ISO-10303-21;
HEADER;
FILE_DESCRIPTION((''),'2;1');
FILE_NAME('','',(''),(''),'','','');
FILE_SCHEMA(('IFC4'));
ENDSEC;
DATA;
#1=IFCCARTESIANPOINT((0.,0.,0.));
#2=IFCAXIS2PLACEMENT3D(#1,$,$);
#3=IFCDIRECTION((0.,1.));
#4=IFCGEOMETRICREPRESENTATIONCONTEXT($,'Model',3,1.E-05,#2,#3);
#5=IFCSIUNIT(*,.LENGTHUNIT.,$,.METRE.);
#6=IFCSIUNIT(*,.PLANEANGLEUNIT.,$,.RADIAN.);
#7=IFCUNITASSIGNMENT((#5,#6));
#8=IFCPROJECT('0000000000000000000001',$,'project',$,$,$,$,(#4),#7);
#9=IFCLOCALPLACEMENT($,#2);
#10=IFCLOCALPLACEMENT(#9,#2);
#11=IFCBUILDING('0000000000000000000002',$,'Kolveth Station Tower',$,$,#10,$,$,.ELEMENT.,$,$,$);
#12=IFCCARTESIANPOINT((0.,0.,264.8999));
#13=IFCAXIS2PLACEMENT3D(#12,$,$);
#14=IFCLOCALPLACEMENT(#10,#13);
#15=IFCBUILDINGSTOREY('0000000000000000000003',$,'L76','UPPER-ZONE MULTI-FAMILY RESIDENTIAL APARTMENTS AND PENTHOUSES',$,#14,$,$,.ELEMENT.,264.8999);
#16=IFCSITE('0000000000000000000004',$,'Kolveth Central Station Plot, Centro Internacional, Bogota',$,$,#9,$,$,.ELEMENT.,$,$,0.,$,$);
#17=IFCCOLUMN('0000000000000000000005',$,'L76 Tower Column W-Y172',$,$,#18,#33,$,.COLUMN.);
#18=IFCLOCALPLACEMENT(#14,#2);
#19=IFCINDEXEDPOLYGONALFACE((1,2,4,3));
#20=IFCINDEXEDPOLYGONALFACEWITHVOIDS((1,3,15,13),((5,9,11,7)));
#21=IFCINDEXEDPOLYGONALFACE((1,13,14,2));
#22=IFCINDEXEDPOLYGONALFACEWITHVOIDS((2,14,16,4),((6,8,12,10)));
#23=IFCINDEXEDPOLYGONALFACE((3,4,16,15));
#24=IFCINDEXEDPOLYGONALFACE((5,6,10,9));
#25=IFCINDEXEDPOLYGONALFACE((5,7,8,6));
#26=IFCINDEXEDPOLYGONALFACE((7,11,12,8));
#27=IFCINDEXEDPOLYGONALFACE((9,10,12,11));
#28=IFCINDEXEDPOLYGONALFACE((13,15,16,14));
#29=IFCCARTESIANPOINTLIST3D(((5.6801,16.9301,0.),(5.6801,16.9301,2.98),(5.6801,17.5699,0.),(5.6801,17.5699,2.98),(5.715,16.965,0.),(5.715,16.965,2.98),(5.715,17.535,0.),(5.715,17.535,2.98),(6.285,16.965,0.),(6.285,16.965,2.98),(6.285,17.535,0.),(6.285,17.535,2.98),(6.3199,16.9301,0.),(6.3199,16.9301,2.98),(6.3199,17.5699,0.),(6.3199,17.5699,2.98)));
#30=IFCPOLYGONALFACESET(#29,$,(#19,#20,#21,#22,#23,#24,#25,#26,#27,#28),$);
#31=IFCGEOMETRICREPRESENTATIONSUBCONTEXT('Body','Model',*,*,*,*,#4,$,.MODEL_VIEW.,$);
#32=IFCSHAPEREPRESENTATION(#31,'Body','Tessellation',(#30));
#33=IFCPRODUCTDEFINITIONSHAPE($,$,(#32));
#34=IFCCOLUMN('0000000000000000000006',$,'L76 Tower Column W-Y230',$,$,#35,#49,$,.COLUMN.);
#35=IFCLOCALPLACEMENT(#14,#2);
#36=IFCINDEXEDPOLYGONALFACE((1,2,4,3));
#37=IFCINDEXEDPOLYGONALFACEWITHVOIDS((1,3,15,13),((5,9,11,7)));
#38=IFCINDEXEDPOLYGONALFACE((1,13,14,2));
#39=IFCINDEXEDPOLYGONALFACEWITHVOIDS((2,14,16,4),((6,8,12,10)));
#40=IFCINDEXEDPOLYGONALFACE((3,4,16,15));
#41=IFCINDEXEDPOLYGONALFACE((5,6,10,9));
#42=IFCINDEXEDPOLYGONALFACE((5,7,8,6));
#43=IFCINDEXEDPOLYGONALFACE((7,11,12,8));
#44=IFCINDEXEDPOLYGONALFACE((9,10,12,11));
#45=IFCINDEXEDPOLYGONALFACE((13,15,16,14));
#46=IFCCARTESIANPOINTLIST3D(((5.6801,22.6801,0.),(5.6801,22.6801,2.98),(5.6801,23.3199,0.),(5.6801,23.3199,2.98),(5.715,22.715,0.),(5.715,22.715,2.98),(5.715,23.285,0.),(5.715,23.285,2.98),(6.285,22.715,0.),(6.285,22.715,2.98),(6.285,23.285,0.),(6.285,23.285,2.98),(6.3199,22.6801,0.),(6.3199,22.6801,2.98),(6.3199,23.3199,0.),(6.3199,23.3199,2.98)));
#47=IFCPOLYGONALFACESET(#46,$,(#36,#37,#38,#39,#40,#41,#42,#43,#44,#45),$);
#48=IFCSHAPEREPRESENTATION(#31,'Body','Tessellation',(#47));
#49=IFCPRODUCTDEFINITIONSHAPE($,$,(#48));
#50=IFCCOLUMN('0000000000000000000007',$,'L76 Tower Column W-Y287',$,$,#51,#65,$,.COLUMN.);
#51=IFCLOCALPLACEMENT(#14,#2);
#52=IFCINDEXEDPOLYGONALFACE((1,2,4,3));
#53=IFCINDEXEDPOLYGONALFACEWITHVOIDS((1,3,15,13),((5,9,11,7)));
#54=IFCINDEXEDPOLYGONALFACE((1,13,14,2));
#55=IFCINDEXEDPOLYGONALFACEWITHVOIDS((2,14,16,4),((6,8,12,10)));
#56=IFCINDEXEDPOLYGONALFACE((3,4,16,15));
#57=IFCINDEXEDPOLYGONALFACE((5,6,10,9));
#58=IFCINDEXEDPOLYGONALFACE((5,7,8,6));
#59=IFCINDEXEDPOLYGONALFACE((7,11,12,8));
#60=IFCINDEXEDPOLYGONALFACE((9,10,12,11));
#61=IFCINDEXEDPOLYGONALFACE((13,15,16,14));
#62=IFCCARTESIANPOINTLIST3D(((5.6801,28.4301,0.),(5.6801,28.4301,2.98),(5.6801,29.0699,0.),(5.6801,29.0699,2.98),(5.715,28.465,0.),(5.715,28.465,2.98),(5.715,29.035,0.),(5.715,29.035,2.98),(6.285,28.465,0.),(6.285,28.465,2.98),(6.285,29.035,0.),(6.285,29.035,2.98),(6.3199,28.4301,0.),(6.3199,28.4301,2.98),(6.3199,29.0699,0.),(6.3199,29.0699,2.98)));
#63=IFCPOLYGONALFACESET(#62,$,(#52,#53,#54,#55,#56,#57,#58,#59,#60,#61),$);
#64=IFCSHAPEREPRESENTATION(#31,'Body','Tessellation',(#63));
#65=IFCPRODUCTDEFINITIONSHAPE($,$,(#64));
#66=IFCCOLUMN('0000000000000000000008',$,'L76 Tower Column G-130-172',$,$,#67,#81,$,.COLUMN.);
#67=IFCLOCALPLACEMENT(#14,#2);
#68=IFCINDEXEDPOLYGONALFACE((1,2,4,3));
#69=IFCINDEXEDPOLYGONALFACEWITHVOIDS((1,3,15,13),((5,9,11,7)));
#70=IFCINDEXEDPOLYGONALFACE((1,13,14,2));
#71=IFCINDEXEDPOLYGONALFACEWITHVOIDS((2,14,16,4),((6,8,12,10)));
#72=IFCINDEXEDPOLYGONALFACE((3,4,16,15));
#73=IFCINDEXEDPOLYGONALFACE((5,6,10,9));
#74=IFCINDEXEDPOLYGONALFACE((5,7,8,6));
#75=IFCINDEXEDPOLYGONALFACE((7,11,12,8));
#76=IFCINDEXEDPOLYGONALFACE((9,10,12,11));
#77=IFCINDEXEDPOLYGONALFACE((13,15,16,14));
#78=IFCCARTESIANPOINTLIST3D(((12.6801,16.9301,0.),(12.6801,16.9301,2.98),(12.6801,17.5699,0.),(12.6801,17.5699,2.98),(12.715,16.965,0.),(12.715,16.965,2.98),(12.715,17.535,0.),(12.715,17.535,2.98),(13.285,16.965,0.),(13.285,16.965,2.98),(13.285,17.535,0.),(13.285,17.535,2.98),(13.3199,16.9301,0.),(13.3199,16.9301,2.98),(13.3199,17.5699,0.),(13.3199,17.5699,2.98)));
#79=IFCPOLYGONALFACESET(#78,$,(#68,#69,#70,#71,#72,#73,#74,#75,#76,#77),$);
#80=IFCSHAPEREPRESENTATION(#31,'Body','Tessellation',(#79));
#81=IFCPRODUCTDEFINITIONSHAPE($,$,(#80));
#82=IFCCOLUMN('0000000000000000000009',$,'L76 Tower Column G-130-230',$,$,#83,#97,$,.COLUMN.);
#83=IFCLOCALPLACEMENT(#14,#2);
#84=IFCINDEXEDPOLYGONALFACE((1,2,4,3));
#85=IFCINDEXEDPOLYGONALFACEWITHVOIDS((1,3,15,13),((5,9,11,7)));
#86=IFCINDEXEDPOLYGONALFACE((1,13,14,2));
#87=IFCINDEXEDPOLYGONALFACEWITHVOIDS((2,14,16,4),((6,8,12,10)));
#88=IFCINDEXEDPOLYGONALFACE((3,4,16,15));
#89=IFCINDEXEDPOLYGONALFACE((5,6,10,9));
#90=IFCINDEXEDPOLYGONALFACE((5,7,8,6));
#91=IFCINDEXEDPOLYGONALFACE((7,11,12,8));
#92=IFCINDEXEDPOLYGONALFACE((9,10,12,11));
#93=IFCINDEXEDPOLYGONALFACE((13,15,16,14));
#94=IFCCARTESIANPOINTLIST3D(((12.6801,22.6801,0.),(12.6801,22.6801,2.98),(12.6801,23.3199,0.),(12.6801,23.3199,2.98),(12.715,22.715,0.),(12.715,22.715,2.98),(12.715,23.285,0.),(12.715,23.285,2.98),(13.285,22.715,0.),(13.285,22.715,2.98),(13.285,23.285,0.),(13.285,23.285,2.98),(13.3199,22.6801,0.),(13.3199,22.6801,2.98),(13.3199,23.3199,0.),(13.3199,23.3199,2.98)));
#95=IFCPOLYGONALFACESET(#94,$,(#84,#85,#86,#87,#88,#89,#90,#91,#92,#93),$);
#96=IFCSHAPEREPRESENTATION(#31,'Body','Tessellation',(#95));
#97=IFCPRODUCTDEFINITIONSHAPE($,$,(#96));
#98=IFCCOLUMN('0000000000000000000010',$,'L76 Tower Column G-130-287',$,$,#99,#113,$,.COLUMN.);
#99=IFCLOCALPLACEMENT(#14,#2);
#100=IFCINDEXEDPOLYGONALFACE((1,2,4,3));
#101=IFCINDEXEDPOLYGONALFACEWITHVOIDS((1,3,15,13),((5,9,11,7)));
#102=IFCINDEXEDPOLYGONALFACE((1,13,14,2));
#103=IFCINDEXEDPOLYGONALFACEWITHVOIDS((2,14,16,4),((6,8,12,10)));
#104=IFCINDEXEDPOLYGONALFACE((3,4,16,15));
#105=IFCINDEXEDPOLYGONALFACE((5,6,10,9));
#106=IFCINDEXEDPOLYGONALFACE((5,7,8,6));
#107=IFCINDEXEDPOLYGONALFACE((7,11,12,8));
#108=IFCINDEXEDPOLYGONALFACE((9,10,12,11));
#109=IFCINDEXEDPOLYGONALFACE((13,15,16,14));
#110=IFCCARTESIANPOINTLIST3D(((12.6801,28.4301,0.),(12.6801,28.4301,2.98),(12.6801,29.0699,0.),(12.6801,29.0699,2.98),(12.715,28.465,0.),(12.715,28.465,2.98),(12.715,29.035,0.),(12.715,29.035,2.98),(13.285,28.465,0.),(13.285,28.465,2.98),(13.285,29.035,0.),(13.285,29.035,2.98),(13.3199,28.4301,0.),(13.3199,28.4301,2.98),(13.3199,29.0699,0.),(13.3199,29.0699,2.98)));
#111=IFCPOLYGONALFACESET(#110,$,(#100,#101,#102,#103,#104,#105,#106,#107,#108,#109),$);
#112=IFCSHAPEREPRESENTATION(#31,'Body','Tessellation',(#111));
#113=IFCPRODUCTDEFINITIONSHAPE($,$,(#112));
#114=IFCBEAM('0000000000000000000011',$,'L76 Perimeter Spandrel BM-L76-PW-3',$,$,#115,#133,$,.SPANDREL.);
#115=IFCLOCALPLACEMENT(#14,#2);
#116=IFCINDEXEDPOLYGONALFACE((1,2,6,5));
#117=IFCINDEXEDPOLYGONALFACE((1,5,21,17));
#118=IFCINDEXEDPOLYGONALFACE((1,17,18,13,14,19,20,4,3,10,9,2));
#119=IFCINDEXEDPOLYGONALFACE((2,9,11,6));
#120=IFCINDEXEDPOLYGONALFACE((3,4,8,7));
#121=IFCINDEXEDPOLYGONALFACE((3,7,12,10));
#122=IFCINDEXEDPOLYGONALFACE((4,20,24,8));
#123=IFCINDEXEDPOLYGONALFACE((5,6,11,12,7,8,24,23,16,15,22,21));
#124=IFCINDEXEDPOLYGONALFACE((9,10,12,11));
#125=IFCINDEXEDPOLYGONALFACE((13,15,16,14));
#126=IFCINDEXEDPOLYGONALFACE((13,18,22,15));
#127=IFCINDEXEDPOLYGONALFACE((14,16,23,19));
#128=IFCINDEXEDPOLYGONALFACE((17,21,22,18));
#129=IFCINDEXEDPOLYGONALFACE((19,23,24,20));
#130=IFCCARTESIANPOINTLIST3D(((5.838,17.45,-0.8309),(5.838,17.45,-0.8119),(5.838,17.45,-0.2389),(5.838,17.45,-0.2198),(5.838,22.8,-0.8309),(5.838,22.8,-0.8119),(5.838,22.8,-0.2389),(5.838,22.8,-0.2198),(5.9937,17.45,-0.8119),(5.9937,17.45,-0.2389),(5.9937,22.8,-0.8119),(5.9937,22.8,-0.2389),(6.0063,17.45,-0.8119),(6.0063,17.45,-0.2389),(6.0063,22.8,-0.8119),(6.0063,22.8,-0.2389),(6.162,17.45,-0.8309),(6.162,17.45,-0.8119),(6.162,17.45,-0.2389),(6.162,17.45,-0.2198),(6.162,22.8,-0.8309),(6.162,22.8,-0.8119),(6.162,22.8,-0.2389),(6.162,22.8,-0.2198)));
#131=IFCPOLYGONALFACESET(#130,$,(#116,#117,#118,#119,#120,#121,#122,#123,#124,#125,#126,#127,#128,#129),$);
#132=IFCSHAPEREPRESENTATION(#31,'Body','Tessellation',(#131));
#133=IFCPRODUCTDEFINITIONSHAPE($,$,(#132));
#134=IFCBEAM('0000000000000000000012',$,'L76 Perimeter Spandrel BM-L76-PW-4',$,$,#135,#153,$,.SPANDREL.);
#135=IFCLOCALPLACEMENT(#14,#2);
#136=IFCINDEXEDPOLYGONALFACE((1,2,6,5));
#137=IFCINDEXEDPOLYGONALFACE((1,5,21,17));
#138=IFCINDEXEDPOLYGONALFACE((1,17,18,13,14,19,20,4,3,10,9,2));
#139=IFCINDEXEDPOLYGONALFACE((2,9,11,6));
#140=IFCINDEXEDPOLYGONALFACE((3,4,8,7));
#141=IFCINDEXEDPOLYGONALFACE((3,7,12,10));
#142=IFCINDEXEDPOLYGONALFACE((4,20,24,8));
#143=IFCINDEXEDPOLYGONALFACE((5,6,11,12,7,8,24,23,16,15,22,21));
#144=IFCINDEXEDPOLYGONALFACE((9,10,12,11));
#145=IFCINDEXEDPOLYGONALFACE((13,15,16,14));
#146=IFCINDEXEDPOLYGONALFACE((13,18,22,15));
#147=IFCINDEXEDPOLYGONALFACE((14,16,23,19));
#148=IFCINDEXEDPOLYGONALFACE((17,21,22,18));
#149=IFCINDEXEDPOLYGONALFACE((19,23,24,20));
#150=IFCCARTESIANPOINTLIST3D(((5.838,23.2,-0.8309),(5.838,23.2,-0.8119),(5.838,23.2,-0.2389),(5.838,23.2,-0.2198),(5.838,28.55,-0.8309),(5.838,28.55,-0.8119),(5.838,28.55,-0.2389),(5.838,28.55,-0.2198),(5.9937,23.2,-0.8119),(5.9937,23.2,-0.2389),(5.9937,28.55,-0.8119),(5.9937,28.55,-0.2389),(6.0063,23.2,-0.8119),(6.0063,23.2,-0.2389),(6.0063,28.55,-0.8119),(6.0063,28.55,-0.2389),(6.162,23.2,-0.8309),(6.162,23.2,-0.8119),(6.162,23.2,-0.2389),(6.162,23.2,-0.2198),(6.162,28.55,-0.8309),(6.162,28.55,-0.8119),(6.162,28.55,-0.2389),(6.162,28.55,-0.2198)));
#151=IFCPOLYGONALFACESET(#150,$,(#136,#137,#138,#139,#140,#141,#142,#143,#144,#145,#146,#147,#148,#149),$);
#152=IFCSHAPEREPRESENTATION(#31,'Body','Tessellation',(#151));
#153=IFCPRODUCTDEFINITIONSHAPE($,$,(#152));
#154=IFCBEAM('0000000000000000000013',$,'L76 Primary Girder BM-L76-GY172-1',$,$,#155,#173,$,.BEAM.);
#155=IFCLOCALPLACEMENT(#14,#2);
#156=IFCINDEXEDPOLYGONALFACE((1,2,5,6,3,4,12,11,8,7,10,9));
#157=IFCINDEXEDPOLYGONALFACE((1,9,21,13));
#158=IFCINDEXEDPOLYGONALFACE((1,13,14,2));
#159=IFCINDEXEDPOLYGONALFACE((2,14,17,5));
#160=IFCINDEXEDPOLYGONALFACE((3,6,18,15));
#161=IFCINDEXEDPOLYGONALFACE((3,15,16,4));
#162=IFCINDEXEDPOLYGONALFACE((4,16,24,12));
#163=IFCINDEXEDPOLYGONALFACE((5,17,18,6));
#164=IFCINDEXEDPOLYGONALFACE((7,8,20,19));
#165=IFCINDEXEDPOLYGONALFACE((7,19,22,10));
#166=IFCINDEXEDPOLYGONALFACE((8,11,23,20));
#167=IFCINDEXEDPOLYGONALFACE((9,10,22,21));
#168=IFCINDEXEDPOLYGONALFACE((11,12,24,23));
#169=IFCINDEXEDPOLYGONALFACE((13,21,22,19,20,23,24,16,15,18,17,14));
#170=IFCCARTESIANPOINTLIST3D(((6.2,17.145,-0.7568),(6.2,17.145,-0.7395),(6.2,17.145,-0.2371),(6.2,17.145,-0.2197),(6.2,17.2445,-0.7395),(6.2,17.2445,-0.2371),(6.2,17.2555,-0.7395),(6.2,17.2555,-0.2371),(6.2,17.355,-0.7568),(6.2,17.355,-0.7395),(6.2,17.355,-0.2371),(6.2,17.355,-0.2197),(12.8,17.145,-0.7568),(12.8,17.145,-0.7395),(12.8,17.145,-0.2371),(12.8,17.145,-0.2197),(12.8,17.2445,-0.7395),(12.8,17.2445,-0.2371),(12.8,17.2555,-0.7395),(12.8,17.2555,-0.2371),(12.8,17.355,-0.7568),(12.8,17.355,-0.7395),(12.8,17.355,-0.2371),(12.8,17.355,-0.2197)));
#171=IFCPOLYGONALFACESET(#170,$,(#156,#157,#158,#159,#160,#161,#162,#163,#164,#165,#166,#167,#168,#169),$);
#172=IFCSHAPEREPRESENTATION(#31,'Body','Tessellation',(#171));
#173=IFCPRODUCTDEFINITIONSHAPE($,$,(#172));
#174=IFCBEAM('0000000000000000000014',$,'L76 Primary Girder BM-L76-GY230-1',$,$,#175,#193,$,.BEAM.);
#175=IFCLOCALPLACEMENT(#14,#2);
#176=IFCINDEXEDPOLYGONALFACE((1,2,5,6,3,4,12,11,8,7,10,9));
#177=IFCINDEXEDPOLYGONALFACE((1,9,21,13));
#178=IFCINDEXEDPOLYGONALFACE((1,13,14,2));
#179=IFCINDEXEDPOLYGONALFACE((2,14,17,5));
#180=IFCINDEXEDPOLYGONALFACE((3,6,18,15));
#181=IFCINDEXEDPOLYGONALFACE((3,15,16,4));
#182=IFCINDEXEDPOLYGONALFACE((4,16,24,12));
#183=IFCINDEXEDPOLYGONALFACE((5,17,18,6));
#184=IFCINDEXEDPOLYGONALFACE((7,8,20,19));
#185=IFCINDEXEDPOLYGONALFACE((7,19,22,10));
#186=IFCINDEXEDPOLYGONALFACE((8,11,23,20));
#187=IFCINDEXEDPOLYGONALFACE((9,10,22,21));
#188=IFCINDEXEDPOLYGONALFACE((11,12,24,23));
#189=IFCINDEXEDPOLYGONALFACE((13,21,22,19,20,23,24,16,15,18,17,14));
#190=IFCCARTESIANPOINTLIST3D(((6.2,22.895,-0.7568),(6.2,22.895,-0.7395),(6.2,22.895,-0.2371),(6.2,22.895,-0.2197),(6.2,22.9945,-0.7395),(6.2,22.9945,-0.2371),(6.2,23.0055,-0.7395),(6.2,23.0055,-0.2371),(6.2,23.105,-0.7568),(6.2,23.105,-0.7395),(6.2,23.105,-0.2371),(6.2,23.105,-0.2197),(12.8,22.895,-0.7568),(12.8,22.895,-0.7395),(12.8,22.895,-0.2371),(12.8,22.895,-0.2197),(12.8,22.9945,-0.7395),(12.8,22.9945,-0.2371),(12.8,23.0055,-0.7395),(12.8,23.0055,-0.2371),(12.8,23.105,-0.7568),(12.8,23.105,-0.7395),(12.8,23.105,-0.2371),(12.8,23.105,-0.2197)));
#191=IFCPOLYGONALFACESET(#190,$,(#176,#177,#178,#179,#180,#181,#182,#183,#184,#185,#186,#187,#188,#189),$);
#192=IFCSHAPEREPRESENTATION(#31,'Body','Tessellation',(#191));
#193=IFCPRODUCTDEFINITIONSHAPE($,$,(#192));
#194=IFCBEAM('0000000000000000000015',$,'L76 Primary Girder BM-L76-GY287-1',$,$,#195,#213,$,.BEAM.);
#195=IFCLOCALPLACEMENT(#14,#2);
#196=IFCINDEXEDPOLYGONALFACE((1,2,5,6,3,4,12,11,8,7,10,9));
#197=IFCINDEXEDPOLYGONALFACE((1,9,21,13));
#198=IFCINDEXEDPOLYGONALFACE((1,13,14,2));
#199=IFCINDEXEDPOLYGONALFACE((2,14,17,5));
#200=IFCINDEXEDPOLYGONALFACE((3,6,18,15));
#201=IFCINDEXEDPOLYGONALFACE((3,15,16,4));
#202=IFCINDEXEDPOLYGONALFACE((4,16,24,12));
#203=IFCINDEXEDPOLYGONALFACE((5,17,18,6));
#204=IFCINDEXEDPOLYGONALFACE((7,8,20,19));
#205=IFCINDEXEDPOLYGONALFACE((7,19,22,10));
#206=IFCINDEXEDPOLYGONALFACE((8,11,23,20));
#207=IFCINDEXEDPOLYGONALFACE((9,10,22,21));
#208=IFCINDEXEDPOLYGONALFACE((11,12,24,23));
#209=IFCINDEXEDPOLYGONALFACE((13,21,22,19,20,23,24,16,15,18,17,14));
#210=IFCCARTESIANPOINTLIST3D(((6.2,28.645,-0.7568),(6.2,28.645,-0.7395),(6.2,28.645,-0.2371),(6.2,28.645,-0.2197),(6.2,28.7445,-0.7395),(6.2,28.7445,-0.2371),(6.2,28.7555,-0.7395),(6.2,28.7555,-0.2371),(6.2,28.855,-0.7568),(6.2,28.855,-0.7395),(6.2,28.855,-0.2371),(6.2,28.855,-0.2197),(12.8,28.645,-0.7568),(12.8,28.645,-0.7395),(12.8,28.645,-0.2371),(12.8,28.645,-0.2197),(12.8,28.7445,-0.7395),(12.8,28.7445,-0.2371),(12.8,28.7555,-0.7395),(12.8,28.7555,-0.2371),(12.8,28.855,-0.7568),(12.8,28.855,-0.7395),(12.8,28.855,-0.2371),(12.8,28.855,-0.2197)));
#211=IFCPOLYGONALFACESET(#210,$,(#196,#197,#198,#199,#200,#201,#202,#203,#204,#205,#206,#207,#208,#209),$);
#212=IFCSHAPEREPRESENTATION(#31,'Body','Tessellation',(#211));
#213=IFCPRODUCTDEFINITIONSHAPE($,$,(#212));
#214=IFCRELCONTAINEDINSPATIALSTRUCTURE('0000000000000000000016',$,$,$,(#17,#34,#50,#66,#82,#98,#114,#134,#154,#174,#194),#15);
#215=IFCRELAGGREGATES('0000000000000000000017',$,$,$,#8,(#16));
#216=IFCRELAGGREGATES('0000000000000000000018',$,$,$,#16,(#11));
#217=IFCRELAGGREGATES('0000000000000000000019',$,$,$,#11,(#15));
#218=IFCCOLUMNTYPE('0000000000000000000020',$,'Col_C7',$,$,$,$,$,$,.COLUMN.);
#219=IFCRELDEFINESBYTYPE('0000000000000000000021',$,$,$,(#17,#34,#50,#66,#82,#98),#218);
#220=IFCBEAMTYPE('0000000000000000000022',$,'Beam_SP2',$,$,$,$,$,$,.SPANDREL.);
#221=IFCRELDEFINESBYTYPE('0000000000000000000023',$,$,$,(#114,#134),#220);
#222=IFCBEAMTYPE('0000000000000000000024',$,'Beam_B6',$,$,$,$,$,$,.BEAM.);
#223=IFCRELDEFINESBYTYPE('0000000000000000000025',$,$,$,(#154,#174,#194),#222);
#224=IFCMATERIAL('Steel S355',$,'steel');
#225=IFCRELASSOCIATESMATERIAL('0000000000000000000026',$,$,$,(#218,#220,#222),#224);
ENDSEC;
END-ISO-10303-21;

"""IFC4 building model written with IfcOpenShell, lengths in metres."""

from ifc_helpers import new_model, si_unit, direction, frame, origin, origin_2d, place, context, subcontext, project, spatial, hollow_rectangle, i_section, extrude, source, transform, mapped, material, material_profile, profile_set, type_object, element, save


model = new_model("IFC4")

# Units and contexts
model_context = context("Model", 3, precision=1e-05, world=origin(), true_north=direction((0.0, 1.0)))
body_context = subcontext(model_context, "Body", "Model", "MODEL_VIEW")
ifc_project = project(units=[si_unit("LENGTHUNIT", "METRE"), si_unit("PLANEANGLEUNIT", "RADIAN")], contexts=[model_context])

# Site, building, storey
site_placement = place(None, origin())
site = spatial("IfcSite", under=ifc_project, at=site_placement, Name="Kolveth Central Station Plot, Centro Internacional, Bogota", CompositionType="ELEMENT", RefElevation=0.0)
building_placement = place(site_placement, origin())
building = spatial("IfcBuilding", under=site, at=building_placement, Name="Kolveth Station Tower", CompositionType="ELEMENT")
storey_placement = place(building_placement, frame((0.0, 0.0, 264.8999)))
storey = spatial("IfcBuildingStorey", under=building, at=storey_placement, Name="L76", Description="UPPER-ZONE MULTI-FAMILY RESIDENTIAL APARTMENTS AND PENTHOUSES", CompositionType="ELEMENT", Elevation=264.8999)

# Columns
ifc_material_1 = material(Name="Steel S355", Category="steel")
ifc_material_profile_1 = material_profile(ifc_material_1, hollow_rectangle(XDim=0.6399, YDim=0.6399, WallThickness=0.0349, at=origin_2d()), Name="BOX640x640x35")
ifc_profile_set_1 = profile_set([ifc_material_profile_1], Name="Steel S355")
column_type = type_object("IfcColumnType", Name="Col_C7", PredefinedType="COLUMN", material=ifc_profile_set_1)
shared_shape_1 = source(origin(), body_context, "Body", "SweptSolid", [
    extrude(hollow_rectangle(XDim=0.6399, YDim=0.6399, WallThickness=0.0349, at=origin_2d()), origin(), (0.0, 0.0, 1.0), 2.98),
])
for number, where, z_axis, x_axis, name in (
    (1, (6.0, 17.25, 0.0), (0.0, 0.0, 1.0), (1.0, 0.0, 0.0), "L76 Tower Column W-Y172"),
    (2, (6.0, 23.0, 0.0), (0.0, 0.0, 1.0), (1.0, 0.0, 0.0), "L76 Tower Column W-Y230"),
    (3, (6.0, 28.75, 0.0), (0.0, 0.0, 1.0), (1.0, 0.0, 0.0), "L76 Tower Column W-Y287"),
    (4, (13.0, 17.25, 0.0), (0.0, 0.0, 1.0), (1.0, 0.0, 0.0), "L76 Tower Column G-130-172"),
    (5, (13.0, 23.0, 0.0), (0.0, 0.0, 1.0), (1.0, 0.0, 0.0), "L76 Tower Column G-130-230"),
    (6, (13.0, 28.75, 0.0), (0.0, 0.0, 1.0), (1.0, 0.0, 0.0), "L76 Tower Column G-130-287"),
):
    element("IfcColumn", number, at=place(storey_placement, frame(where, z_axis=z_axis, x_axis=x_axis)), inside=storey, type_object=column_type, Name=name, PredefinedType="COLUMN", context=body_context, shape_type="MappedRepresentation", body=[
        mapped(shared_shape_1, transform((0.0, 0.0, 0.0), x_axis=(1.0, 0.0, 0.0), y_axis=(0.0, 1.0, 0.0), z_axis=(0.0, 0.0, 1.0), scale=1.0)),
    ])

# Beams
ifc_material_profile_2 = material_profile(ifc_material_1, i_section(OverallWidth=0.324, OverallDepth=0.6111, WebThickness=0.0127, FlangeThickness=0.019, at=origin_2d()), Name="W610x155")
ifc_profile_set_2 = profile_set([ifc_material_profile_2], Name="Steel S355")
beam_type_1 = type_object("IfcBeamType", Name="Beam_SP2", PredefinedType="SPANDREL", material=ifc_profile_set_2)
shared_shape_2 = source(origin(), body_context, "Body", "SweptSolid", [
    extrude(i_section(OverallWidth=0.324, OverallDepth=0.6111, WebThickness=0.0127, FlangeThickness=0.019, at=origin_2d()), origin(), (0.0, 0.0, 1.0), 5.3501),
])
for number, where, z_axis, x_axis, name in (
    (7, (6.0, 17.45, -0.5254), (0.0, 1.0, 0.0), (-1.0, 0.0, 0.0), "L76 Perimeter Spandrel BM-L76-PW-3"),
    (8, (6.0, 23.2, -0.5254), (0.0, 1.0, 0.0), (-1.0, 0.0, 0.0), "L76 Perimeter Spandrel BM-L76-PW-4"),
):
    element("IfcBeam", number, at=place(storey_placement, frame(where, z_axis=z_axis, x_axis=x_axis)), inside=storey, type_object=beam_type_1, Name=name, PredefinedType="SPANDREL", context=body_context, shape_type="MappedRepresentation", body=[
        mapped(shared_shape_2, transform((0.0, 0.0, 0.0), x_axis=(1.0, 0.0, 0.0), y_axis=(0.0, 1.0, 0.0), z_axis=(0.0, 0.0, 1.0), scale=1.0)),
    ])
ifc_material_profile_3 = material_profile(ifc_material_1, i_section(OverallWidth=0.21, OverallDepth=0.5371, WebThickness=0.011, FlangeThickness=0.0173, at=origin_2d()), Name="W530x101")
ifc_profile_set_3 = profile_set([ifc_material_profile_3], Name="Steel S355")
beam_type_2 = type_object("IfcBeamType", Name="Beam_B6", PredefinedType="BEAM", material=ifc_profile_set_3)
shared_shape_3 = source(origin(), body_context, "Body", "SweptSolid", [
    extrude(i_section(OverallWidth=0.21, OverallDepth=0.5371, WebThickness=0.011, FlangeThickness=0.0173, at=origin_2d()), origin(), (0.0, 0.0, 1.0), 6.6001),
])
for number, where, z_axis, x_axis, name in (
    (9, (6.2, 17.25, -0.4883), (1.0, 0.0, 0.0), (0.0, 1.0, 0.0), "L76 Primary Girder BM-L76-GY172-1"),
    (10, (6.2, 23.0, -0.4883), (1.0, 0.0, 0.0), (0.0, 1.0, 0.0), "L76 Primary Girder BM-L76-GY230-1"),
    (11, (6.2, 28.75, -0.4883), (1.0, 0.0, 0.0), (0.0, 1.0, 0.0), "L76 Primary Girder BM-L76-GY287-1"),
):
    element("IfcBeam", number, at=place(storey_placement, frame(where, z_axis=z_axis, x_axis=x_axis)), inside=storey, type_object=beam_type_2, Name=name, PredefinedType="BEAM", context=body_context, shape_type="MappedRepresentation", body=[
        mapped(shared_shape_3, transform((0.0, 0.0, 0.0), x_axis=(1.0, 0.0, 0.0), y_axis=(0.0, 1.0, 0.0), z_axis=(0.0, 0.0, 1.0), scale=1.0)),
    ])

save(model, "model.ifc")
